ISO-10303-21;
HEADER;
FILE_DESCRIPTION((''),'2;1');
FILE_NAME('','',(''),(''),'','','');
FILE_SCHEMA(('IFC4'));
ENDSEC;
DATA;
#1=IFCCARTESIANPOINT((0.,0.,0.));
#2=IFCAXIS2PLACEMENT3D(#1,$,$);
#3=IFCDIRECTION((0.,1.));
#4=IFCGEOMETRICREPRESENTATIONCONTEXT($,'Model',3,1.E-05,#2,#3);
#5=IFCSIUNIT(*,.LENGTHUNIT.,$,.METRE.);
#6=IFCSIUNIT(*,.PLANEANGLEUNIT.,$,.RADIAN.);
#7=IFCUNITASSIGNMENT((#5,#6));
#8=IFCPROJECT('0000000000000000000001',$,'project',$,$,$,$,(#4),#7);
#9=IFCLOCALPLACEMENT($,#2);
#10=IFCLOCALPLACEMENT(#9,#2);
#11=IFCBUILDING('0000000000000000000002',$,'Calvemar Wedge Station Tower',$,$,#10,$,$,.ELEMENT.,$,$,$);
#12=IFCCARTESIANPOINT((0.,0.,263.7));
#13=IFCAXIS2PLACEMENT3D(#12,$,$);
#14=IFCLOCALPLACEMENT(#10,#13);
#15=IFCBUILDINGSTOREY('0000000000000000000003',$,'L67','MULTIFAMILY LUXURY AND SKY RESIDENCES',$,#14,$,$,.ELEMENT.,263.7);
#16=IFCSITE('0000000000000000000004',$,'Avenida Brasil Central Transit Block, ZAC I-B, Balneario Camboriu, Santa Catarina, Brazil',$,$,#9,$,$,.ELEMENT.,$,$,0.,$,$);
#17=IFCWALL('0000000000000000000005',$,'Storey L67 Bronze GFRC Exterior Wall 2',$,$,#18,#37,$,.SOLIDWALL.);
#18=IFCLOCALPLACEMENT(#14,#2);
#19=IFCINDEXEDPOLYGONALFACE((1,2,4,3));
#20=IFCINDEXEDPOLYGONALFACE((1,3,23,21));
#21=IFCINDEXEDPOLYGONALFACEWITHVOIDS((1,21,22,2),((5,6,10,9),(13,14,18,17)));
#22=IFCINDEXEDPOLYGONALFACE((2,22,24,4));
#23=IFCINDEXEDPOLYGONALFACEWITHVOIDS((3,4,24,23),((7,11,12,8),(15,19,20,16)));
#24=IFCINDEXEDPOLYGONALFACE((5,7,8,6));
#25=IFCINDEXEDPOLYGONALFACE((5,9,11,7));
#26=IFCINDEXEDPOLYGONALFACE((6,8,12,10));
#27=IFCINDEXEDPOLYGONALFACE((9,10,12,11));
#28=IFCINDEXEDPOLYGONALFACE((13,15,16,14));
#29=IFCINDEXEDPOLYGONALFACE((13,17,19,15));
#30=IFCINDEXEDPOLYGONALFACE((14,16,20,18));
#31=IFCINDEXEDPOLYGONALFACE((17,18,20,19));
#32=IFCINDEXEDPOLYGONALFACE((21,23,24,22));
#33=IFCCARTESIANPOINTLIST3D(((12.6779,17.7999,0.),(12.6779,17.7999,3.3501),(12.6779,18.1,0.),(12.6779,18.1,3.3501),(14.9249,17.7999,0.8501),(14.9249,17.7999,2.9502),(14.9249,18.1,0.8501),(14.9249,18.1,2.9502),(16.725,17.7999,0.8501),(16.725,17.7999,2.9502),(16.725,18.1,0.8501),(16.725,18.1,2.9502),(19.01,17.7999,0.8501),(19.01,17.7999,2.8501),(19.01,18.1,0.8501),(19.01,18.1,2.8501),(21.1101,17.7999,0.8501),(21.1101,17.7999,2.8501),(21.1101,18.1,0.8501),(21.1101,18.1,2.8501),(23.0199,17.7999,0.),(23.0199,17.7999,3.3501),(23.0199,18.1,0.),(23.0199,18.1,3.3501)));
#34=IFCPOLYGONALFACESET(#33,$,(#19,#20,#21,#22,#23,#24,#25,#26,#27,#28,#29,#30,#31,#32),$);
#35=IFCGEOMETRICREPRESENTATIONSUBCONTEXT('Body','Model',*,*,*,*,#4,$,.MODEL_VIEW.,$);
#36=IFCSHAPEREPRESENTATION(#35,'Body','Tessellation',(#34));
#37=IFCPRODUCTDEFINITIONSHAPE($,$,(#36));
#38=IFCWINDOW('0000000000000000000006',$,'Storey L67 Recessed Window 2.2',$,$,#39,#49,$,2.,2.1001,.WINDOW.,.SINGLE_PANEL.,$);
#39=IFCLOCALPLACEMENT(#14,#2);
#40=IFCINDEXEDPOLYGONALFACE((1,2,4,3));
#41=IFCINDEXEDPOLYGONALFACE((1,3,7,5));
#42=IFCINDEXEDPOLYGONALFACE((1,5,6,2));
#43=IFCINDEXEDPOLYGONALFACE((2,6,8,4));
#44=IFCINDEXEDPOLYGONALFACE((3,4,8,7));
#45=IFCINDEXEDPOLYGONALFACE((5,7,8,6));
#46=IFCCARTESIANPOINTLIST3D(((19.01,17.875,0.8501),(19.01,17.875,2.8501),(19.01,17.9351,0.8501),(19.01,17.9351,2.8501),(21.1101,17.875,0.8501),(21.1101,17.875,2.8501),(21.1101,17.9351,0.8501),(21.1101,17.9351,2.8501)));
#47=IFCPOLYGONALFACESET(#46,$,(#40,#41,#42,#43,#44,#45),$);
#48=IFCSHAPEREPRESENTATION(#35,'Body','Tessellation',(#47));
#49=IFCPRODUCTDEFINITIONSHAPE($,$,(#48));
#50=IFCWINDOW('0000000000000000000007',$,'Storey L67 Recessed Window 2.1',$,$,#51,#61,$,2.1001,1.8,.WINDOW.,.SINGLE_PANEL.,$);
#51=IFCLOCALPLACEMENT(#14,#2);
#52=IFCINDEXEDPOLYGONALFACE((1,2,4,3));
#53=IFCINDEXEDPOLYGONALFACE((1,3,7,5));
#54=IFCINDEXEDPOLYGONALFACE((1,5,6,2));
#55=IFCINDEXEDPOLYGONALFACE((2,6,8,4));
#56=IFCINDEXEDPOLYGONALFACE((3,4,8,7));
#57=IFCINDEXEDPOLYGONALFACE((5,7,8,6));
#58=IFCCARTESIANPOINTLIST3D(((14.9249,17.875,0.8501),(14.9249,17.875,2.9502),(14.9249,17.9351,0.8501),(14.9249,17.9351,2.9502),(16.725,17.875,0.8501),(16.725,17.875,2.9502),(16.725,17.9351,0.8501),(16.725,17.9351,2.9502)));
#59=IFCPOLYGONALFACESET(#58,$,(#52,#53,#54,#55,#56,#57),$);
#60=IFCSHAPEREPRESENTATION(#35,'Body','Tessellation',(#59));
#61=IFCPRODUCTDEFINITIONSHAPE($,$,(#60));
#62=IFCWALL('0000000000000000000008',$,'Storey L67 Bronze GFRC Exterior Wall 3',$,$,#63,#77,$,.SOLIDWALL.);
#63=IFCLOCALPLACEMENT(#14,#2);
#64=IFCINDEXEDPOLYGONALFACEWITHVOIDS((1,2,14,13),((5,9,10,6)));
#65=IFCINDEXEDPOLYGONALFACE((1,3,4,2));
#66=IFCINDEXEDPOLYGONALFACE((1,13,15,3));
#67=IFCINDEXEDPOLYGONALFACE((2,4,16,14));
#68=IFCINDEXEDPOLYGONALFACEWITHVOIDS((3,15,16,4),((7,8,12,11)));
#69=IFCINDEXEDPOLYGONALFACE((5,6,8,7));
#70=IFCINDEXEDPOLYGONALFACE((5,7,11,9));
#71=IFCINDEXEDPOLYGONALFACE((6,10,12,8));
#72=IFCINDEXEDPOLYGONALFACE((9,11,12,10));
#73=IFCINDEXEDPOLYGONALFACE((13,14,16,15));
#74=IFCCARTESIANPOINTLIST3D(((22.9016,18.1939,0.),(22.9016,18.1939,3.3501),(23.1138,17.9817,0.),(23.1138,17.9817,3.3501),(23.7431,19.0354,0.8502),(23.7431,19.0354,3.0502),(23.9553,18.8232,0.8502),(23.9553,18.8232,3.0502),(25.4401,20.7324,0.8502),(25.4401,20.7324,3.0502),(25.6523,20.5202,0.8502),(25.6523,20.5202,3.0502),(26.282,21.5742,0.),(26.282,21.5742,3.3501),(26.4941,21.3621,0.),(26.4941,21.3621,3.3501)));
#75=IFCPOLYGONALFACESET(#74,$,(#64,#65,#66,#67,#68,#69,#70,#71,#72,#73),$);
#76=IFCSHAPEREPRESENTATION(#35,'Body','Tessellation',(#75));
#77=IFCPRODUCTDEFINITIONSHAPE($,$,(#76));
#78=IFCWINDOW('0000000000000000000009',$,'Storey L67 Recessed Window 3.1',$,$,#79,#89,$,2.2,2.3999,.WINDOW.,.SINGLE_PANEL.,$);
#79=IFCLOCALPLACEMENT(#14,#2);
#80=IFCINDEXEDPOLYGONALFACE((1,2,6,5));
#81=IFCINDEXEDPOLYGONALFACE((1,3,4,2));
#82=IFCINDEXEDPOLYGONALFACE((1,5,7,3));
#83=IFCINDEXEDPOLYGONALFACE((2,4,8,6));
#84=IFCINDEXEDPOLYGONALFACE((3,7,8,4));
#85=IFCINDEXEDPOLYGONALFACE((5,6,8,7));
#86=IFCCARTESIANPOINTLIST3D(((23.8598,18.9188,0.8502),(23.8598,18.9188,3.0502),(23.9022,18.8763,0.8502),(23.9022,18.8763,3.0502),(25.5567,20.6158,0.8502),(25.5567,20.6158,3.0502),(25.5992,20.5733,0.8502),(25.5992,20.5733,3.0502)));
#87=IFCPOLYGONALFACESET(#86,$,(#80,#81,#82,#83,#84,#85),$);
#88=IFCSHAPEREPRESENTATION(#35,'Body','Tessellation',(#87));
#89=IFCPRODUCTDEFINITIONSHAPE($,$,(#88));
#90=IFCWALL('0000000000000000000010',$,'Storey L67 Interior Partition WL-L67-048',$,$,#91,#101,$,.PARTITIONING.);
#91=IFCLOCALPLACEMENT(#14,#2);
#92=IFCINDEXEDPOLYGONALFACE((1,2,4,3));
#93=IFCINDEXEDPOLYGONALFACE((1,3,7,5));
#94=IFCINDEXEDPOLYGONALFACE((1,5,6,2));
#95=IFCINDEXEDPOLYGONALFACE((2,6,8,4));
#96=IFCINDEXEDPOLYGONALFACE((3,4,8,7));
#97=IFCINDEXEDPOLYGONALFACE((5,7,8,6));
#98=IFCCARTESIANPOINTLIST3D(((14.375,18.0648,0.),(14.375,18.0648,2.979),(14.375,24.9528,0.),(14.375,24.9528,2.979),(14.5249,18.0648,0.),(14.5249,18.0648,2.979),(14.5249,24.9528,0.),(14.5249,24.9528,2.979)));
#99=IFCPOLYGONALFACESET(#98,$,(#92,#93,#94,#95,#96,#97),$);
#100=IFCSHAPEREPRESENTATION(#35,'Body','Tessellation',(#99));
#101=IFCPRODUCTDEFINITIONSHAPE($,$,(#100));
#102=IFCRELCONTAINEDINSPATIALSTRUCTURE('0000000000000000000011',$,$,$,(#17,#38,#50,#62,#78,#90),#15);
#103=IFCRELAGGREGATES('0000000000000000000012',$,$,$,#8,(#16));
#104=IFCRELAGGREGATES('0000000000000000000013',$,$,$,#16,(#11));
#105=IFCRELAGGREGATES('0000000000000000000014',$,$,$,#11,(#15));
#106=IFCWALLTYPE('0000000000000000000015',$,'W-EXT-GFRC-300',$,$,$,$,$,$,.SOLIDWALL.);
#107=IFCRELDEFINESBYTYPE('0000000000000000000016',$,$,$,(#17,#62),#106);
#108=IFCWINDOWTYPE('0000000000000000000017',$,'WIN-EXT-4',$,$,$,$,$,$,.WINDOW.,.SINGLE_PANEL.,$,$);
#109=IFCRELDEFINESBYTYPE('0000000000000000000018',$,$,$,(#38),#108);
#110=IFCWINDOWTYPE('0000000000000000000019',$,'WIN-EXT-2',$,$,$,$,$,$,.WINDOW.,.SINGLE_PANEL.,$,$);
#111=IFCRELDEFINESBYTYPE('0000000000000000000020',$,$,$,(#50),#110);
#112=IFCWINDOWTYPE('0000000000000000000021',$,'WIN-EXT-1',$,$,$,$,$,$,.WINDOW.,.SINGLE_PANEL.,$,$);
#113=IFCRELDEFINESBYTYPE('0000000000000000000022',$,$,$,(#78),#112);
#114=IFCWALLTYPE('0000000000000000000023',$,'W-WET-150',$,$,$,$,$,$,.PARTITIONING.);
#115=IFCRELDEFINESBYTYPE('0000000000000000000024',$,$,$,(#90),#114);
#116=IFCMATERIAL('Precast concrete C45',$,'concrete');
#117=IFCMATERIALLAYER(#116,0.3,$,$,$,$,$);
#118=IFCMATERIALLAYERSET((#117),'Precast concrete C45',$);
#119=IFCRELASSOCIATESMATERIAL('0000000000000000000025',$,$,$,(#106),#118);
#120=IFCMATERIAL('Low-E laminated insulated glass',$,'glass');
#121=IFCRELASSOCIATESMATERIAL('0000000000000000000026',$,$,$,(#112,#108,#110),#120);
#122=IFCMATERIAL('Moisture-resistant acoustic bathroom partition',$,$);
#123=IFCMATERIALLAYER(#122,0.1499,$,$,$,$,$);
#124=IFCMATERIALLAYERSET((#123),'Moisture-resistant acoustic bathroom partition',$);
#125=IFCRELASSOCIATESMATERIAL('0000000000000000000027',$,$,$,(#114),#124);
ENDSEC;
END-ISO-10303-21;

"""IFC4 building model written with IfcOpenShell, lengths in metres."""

from ifc_helpers import new_model, si_unit, direction, frame, frame_2d, origin, place, context, subcontext, project, spatial, rectangle, extrude, source, transform, mapped, material, layer, layer_set, type_object, element, fill, save


model = new_model("IFC4")

# Units and contexts
model_context = context("Model", 3, precision=1e-05, world=origin(), true_north=direction((0.0, 1.0)))
body_context = subcontext(model_context, "Body", "Model", "MODEL_VIEW")
ifc_project = project(units=[si_unit("LENGTHUNIT", "METRE"), si_unit("PLANEANGLEUNIT", "RADIAN")], contexts=[model_context])

# Site, building, storey
site_placement = place(None, origin())
site = spatial("IfcSite", under=ifc_project, at=site_placement, Name="Avenida Brasil Central Transit Block, ZAC I-B, Balneario Camboriu, Santa Catarina, Brazil", CompositionType="ELEMENT", RefElevation=0.0)
building_placement = place(site_placement, origin())
building = spatial("IfcBuilding", under=site, at=building_placement, Name="Calvemar Wedge Station Tower", CompositionType="ELEMENT")
storey_placement = place(building_placement, frame((0.0, 0.0, 263.7)))
storey = spatial("IfcBuildingStorey", under=building, at=storey_placement, Name="L67", Description="MULTIFAMILY LUXURY AND SKY RESIDENCES", CompositionType="ELEMENT", Elevation=263.7)

# Shared definitions
ifc_material_1 = material(Name="Precast concrete C45", Category="concrete")
ifc_layer_1 = layer(ifc_material_1, 0.3)
ifc_layer_set_1 = layer_set([ifc_layer_1], Name="Precast concrete C45")
wall_type_1 = type_object("IfcWallType", Name="W-EXT-GFRC-300", PredefinedType="SOLIDWALL", material=ifc_layer_set_1)
shared_shape_1 = source(origin(), body_context, "Body", "SweptSolid", [
    extrude(rectangle(XDim=2.3999, YDim=2.2, at=frame_2d((1.2, 1.1001))), frame((0.0, 0.1602, 0.0), z_axis=(0.0, -1.0, 0.0), x_axis=(1.0, 0.0, 0.0)), (0.0, 0.0, 1.0), 0.3201),
])
ifc_material_2 = material(Name="Low-E laminated insulated glass", Category="glass")
window_type_1 = type_object("IfcWindowType", Name="WIN-EXT-1", PartitioningType="SINGLE_PANEL", PredefinedType="WINDOW", material=ifc_material_2)
shared_shape_2 = source(origin(), body_context, "Body", "SweptSolid", [
    extrude(rectangle(XDim=2.3999, YDim=2.2, at=frame_2d((1.2, 1.1001))), frame((0.0, -0.0149, 0.0), z_axis=(0.0, -1.0, 0.0), x_axis=(1.0, 0.0, 0.0)), (0.0, 0.0, 1.0), 0.0601),
])

# Wall, openings, windows
wall_1_placement = place(storey_placement, frame((12.678, 17.95, 0.0), z_axis=(0.0, 0.0, 1.0), x_axis=(1.0, 0.0, 0.0)))
wall_1 = element("IfcWall", 1, at=wall_1_placement, inside=storey, type_object=wall_type_1, Name="Storey L67 Bronze GFRC Exterior Wall 2", PredefinedType="SOLIDWALL", context=body_context, shape_type="SweptSolid", body=[
    extrude(rectangle(XDim=10.342, YDim=0.3, at=frame_2d((5.1709, 0.0))), origin(), (0.0, 0.0, 1.0), 3.3501),
])
shared_shape_3 = source(origin(), body_context, "Body", "SweptSolid", [
    extrude(rectangle(XDim=1.8, YDim=2.1001, at=frame_2d((0.8999, 1.05))), frame((0.0, 0.1602, 0.0), z_axis=(0.0, -1.0, 0.0), x_axis=(1.0, 0.0, 0.0)), (0.0, 0.0, 1.0), 0.3201),
])
opening_1_placement = place(wall_1_placement, frame((2.2471, 0.0, 0.8501)))
opening_1 = element("IfcOpeningElement", 2, at=opening_1_placement, cuts=wall_1, PredefinedType="OPENING", context=body_context, shape_type="MappedRepresentation", body=[
    mapped(shared_shape_3, transform((0.0, 0.0, 0.0), scale=1.0)),
])
shared_shape_4 = source(origin(), body_context, "Body", "SweptSolid", [
    extrude(rectangle(XDim=2.1001, YDim=2.0, at=frame_2d((1.05, 1.0))), frame((0.0, 0.1602, 0.0), z_axis=(0.0, -1.0, 0.0), x_axis=(1.0, 0.0, 0.0)), (0.0, 0.0, 1.0), 0.3201),
])
opening_2_placement = place(wall_1_placement, frame((6.332, 0.0, 0.8501)))
opening_2 = element("IfcOpeningElement", 3, at=opening_2_placement, cuts=wall_1, PredefinedType="OPENING", context=body_context, shape_type="MappedRepresentation", body=[
    mapped(shared_shape_4, transform((0.0, 0.0, 0.0), scale=1.0)),
])
window_type_2 = type_object("IfcWindowType", Name="WIN-EXT-4", PartitioningType="SINGLE_PANEL", PredefinedType="WINDOW", material=ifc_material_2)
shared_shape_5 = source(origin(), body_context, "Body", "SweptSolid", [
    extrude(rectangle(XDim=2.1001, YDim=2.0, at=frame_2d((1.05, 1.0))), frame((0.0, -0.0149, 0.0), z_axis=(0.0, -1.0, 0.0), x_axis=(1.0, 0.0, 0.0)), (0.0, 0.0, 1.0), 0.0601),
])
window_1_placement = place(opening_2_placement, origin())
window_1 = element("IfcWindow", 4, at=window_1_placement, inside=storey, type_object=window_type_2, Name="Storey L67 Recessed Window 2.2", OverallHeight=2.0, OverallWidth=2.1001, PartitioningType="SINGLE_PANEL", PredefinedType="WINDOW", context=body_context, shape_type="MappedRepresentation", body=[
    mapped(shared_shape_5, transform((0.0, 0.0, 0.0), scale=1.0)),
])
fill(opening_2, window_1)
window_type_3 = type_object("IfcWindowType", Name="WIN-EXT-2", PartitioningType="SINGLE_PANEL", PredefinedType="WINDOW", material=ifc_material_2)
shared_shape_6 = source(origin(), body_context, "Body", "SweptSolid", [
    extrude(rectangle(XDim=1.8, YDim=2.1001, at=frame_2d((0.8999, 1.05))), frame((0.0, -0.0149, 0.0), z_axis=(0.0, -1.0, 0.0), x_axis=(1.0, 0.0, 0.0)), (0.0, 0.0, 1.0), 0.0601),
])
window_2_placement = place(opening_1_placement, origin())
window_2 = element("IfcWindow", 5, at=window_2_placement, inside=storey, type_object=window_type_3, Name="Storey L67 Recessed Window 2.1", OverallHeight=2.1001, OverallWidth=1.8, PartitioningType="SINGLE_PANEL", PredefinedType="WINDOW", context=body_context, shape_type="MappedRepresentation", body=[
    mapped(shared_shape_6, transform((0.0, 0.0, 0.0), scale=1.0)),
])
fill(opening_1, window_2)

# Wall, opening, window
wall_2_placement = place(storey_placement, frame((23.0078, 18.0879, 0.0), z_axis=(0.0, 0.0, 1.0), x_axis=(0.707107, 0.707107, 0.0)))
wall_2 = element("IfcWall", 6, at=wall_2_placement, inside=storey, type_object=wall_type_1, Name="Storey L67 Bronze GFRC Exterior Wall 3", PredefinedType="SOLIDWALL", context=body_context, shape_type="SweptSolid", body=[
    extrude(rectangle(XDim=4.7805, YDim=0.3, at=frame_2d((2.3901, 0.0))), origin(), (0.0, 0.0, 1.0), 3.3501),
])
opening_3_placement = place(wall_2_placement, frame((1.1899, 0.0, 0.8501)))
opening_3 = element("IfcOpeningElement", 7, at=opening_3_placement, cuts=wall_2, PredefinedType="OPENING", context=body_context, shape_type="MappedRepresentation", body=[
    mapped(shared_shape_1, transform((0.0, 0.0, 0.0), scale=1.0)),
])
window_3_placement = place(opening_3_placement, origin())
window_3 = element("IfcWindow", 8, at=window_3_placement, inside=storey, type_object=window_type_1, Name="Storey L67 Recessed Window 3.1", OverallHeight=2.2, OverallWidth=2.3999, PartitioningType="SINGLE_PANEL", PredefinedType="WINDOW", context=body_context, shape_type="MappedRepresentation", body=[
    mapped(shared_shape_2, transform((0.0, 0.0, 0.0), scale=1.0)),
])
fill(opening_3, window_3)

# Wall
ifc_material_3 = material(Name="Moisture-resistant acoustic bathroom partition")
ifc_layer_2 = layer(ifc_material_3, 0.1499)
ifc_layer_set_2 = layer_set([ifc_layer_2], Name="Moisture-resistant acoustic bathroom partition")
wall_type_2 = type_object("IfcWallType", Name="W-WET-150", PredefinedType="PARTITIONING", material=ifc_layer_set_2)
wall_3_placement = place(storey_placement, frame((14.45, 18.0649, 0.0), z_axis=(0.0, 0.0, 1.0), x_axis=(0.0, 1.0, 0.0)))
element("IfcWall", 9, at=wall_3_placement, inside=storey, type_object=wall_type_2, Name="Storey L67 Interior Partition WL-L67-048", PredefinedType="PARTITIONING", context=body_context, shape_type="SweptSolid", body=[
    extrude(rectangle(XDim=6.8879, YDim=0.1499, at=frame_2d((3.4438, 0.0))), origin(), (0.0, 0.0, 1.0), 2.979),
])

save(model, "model.ifc")
